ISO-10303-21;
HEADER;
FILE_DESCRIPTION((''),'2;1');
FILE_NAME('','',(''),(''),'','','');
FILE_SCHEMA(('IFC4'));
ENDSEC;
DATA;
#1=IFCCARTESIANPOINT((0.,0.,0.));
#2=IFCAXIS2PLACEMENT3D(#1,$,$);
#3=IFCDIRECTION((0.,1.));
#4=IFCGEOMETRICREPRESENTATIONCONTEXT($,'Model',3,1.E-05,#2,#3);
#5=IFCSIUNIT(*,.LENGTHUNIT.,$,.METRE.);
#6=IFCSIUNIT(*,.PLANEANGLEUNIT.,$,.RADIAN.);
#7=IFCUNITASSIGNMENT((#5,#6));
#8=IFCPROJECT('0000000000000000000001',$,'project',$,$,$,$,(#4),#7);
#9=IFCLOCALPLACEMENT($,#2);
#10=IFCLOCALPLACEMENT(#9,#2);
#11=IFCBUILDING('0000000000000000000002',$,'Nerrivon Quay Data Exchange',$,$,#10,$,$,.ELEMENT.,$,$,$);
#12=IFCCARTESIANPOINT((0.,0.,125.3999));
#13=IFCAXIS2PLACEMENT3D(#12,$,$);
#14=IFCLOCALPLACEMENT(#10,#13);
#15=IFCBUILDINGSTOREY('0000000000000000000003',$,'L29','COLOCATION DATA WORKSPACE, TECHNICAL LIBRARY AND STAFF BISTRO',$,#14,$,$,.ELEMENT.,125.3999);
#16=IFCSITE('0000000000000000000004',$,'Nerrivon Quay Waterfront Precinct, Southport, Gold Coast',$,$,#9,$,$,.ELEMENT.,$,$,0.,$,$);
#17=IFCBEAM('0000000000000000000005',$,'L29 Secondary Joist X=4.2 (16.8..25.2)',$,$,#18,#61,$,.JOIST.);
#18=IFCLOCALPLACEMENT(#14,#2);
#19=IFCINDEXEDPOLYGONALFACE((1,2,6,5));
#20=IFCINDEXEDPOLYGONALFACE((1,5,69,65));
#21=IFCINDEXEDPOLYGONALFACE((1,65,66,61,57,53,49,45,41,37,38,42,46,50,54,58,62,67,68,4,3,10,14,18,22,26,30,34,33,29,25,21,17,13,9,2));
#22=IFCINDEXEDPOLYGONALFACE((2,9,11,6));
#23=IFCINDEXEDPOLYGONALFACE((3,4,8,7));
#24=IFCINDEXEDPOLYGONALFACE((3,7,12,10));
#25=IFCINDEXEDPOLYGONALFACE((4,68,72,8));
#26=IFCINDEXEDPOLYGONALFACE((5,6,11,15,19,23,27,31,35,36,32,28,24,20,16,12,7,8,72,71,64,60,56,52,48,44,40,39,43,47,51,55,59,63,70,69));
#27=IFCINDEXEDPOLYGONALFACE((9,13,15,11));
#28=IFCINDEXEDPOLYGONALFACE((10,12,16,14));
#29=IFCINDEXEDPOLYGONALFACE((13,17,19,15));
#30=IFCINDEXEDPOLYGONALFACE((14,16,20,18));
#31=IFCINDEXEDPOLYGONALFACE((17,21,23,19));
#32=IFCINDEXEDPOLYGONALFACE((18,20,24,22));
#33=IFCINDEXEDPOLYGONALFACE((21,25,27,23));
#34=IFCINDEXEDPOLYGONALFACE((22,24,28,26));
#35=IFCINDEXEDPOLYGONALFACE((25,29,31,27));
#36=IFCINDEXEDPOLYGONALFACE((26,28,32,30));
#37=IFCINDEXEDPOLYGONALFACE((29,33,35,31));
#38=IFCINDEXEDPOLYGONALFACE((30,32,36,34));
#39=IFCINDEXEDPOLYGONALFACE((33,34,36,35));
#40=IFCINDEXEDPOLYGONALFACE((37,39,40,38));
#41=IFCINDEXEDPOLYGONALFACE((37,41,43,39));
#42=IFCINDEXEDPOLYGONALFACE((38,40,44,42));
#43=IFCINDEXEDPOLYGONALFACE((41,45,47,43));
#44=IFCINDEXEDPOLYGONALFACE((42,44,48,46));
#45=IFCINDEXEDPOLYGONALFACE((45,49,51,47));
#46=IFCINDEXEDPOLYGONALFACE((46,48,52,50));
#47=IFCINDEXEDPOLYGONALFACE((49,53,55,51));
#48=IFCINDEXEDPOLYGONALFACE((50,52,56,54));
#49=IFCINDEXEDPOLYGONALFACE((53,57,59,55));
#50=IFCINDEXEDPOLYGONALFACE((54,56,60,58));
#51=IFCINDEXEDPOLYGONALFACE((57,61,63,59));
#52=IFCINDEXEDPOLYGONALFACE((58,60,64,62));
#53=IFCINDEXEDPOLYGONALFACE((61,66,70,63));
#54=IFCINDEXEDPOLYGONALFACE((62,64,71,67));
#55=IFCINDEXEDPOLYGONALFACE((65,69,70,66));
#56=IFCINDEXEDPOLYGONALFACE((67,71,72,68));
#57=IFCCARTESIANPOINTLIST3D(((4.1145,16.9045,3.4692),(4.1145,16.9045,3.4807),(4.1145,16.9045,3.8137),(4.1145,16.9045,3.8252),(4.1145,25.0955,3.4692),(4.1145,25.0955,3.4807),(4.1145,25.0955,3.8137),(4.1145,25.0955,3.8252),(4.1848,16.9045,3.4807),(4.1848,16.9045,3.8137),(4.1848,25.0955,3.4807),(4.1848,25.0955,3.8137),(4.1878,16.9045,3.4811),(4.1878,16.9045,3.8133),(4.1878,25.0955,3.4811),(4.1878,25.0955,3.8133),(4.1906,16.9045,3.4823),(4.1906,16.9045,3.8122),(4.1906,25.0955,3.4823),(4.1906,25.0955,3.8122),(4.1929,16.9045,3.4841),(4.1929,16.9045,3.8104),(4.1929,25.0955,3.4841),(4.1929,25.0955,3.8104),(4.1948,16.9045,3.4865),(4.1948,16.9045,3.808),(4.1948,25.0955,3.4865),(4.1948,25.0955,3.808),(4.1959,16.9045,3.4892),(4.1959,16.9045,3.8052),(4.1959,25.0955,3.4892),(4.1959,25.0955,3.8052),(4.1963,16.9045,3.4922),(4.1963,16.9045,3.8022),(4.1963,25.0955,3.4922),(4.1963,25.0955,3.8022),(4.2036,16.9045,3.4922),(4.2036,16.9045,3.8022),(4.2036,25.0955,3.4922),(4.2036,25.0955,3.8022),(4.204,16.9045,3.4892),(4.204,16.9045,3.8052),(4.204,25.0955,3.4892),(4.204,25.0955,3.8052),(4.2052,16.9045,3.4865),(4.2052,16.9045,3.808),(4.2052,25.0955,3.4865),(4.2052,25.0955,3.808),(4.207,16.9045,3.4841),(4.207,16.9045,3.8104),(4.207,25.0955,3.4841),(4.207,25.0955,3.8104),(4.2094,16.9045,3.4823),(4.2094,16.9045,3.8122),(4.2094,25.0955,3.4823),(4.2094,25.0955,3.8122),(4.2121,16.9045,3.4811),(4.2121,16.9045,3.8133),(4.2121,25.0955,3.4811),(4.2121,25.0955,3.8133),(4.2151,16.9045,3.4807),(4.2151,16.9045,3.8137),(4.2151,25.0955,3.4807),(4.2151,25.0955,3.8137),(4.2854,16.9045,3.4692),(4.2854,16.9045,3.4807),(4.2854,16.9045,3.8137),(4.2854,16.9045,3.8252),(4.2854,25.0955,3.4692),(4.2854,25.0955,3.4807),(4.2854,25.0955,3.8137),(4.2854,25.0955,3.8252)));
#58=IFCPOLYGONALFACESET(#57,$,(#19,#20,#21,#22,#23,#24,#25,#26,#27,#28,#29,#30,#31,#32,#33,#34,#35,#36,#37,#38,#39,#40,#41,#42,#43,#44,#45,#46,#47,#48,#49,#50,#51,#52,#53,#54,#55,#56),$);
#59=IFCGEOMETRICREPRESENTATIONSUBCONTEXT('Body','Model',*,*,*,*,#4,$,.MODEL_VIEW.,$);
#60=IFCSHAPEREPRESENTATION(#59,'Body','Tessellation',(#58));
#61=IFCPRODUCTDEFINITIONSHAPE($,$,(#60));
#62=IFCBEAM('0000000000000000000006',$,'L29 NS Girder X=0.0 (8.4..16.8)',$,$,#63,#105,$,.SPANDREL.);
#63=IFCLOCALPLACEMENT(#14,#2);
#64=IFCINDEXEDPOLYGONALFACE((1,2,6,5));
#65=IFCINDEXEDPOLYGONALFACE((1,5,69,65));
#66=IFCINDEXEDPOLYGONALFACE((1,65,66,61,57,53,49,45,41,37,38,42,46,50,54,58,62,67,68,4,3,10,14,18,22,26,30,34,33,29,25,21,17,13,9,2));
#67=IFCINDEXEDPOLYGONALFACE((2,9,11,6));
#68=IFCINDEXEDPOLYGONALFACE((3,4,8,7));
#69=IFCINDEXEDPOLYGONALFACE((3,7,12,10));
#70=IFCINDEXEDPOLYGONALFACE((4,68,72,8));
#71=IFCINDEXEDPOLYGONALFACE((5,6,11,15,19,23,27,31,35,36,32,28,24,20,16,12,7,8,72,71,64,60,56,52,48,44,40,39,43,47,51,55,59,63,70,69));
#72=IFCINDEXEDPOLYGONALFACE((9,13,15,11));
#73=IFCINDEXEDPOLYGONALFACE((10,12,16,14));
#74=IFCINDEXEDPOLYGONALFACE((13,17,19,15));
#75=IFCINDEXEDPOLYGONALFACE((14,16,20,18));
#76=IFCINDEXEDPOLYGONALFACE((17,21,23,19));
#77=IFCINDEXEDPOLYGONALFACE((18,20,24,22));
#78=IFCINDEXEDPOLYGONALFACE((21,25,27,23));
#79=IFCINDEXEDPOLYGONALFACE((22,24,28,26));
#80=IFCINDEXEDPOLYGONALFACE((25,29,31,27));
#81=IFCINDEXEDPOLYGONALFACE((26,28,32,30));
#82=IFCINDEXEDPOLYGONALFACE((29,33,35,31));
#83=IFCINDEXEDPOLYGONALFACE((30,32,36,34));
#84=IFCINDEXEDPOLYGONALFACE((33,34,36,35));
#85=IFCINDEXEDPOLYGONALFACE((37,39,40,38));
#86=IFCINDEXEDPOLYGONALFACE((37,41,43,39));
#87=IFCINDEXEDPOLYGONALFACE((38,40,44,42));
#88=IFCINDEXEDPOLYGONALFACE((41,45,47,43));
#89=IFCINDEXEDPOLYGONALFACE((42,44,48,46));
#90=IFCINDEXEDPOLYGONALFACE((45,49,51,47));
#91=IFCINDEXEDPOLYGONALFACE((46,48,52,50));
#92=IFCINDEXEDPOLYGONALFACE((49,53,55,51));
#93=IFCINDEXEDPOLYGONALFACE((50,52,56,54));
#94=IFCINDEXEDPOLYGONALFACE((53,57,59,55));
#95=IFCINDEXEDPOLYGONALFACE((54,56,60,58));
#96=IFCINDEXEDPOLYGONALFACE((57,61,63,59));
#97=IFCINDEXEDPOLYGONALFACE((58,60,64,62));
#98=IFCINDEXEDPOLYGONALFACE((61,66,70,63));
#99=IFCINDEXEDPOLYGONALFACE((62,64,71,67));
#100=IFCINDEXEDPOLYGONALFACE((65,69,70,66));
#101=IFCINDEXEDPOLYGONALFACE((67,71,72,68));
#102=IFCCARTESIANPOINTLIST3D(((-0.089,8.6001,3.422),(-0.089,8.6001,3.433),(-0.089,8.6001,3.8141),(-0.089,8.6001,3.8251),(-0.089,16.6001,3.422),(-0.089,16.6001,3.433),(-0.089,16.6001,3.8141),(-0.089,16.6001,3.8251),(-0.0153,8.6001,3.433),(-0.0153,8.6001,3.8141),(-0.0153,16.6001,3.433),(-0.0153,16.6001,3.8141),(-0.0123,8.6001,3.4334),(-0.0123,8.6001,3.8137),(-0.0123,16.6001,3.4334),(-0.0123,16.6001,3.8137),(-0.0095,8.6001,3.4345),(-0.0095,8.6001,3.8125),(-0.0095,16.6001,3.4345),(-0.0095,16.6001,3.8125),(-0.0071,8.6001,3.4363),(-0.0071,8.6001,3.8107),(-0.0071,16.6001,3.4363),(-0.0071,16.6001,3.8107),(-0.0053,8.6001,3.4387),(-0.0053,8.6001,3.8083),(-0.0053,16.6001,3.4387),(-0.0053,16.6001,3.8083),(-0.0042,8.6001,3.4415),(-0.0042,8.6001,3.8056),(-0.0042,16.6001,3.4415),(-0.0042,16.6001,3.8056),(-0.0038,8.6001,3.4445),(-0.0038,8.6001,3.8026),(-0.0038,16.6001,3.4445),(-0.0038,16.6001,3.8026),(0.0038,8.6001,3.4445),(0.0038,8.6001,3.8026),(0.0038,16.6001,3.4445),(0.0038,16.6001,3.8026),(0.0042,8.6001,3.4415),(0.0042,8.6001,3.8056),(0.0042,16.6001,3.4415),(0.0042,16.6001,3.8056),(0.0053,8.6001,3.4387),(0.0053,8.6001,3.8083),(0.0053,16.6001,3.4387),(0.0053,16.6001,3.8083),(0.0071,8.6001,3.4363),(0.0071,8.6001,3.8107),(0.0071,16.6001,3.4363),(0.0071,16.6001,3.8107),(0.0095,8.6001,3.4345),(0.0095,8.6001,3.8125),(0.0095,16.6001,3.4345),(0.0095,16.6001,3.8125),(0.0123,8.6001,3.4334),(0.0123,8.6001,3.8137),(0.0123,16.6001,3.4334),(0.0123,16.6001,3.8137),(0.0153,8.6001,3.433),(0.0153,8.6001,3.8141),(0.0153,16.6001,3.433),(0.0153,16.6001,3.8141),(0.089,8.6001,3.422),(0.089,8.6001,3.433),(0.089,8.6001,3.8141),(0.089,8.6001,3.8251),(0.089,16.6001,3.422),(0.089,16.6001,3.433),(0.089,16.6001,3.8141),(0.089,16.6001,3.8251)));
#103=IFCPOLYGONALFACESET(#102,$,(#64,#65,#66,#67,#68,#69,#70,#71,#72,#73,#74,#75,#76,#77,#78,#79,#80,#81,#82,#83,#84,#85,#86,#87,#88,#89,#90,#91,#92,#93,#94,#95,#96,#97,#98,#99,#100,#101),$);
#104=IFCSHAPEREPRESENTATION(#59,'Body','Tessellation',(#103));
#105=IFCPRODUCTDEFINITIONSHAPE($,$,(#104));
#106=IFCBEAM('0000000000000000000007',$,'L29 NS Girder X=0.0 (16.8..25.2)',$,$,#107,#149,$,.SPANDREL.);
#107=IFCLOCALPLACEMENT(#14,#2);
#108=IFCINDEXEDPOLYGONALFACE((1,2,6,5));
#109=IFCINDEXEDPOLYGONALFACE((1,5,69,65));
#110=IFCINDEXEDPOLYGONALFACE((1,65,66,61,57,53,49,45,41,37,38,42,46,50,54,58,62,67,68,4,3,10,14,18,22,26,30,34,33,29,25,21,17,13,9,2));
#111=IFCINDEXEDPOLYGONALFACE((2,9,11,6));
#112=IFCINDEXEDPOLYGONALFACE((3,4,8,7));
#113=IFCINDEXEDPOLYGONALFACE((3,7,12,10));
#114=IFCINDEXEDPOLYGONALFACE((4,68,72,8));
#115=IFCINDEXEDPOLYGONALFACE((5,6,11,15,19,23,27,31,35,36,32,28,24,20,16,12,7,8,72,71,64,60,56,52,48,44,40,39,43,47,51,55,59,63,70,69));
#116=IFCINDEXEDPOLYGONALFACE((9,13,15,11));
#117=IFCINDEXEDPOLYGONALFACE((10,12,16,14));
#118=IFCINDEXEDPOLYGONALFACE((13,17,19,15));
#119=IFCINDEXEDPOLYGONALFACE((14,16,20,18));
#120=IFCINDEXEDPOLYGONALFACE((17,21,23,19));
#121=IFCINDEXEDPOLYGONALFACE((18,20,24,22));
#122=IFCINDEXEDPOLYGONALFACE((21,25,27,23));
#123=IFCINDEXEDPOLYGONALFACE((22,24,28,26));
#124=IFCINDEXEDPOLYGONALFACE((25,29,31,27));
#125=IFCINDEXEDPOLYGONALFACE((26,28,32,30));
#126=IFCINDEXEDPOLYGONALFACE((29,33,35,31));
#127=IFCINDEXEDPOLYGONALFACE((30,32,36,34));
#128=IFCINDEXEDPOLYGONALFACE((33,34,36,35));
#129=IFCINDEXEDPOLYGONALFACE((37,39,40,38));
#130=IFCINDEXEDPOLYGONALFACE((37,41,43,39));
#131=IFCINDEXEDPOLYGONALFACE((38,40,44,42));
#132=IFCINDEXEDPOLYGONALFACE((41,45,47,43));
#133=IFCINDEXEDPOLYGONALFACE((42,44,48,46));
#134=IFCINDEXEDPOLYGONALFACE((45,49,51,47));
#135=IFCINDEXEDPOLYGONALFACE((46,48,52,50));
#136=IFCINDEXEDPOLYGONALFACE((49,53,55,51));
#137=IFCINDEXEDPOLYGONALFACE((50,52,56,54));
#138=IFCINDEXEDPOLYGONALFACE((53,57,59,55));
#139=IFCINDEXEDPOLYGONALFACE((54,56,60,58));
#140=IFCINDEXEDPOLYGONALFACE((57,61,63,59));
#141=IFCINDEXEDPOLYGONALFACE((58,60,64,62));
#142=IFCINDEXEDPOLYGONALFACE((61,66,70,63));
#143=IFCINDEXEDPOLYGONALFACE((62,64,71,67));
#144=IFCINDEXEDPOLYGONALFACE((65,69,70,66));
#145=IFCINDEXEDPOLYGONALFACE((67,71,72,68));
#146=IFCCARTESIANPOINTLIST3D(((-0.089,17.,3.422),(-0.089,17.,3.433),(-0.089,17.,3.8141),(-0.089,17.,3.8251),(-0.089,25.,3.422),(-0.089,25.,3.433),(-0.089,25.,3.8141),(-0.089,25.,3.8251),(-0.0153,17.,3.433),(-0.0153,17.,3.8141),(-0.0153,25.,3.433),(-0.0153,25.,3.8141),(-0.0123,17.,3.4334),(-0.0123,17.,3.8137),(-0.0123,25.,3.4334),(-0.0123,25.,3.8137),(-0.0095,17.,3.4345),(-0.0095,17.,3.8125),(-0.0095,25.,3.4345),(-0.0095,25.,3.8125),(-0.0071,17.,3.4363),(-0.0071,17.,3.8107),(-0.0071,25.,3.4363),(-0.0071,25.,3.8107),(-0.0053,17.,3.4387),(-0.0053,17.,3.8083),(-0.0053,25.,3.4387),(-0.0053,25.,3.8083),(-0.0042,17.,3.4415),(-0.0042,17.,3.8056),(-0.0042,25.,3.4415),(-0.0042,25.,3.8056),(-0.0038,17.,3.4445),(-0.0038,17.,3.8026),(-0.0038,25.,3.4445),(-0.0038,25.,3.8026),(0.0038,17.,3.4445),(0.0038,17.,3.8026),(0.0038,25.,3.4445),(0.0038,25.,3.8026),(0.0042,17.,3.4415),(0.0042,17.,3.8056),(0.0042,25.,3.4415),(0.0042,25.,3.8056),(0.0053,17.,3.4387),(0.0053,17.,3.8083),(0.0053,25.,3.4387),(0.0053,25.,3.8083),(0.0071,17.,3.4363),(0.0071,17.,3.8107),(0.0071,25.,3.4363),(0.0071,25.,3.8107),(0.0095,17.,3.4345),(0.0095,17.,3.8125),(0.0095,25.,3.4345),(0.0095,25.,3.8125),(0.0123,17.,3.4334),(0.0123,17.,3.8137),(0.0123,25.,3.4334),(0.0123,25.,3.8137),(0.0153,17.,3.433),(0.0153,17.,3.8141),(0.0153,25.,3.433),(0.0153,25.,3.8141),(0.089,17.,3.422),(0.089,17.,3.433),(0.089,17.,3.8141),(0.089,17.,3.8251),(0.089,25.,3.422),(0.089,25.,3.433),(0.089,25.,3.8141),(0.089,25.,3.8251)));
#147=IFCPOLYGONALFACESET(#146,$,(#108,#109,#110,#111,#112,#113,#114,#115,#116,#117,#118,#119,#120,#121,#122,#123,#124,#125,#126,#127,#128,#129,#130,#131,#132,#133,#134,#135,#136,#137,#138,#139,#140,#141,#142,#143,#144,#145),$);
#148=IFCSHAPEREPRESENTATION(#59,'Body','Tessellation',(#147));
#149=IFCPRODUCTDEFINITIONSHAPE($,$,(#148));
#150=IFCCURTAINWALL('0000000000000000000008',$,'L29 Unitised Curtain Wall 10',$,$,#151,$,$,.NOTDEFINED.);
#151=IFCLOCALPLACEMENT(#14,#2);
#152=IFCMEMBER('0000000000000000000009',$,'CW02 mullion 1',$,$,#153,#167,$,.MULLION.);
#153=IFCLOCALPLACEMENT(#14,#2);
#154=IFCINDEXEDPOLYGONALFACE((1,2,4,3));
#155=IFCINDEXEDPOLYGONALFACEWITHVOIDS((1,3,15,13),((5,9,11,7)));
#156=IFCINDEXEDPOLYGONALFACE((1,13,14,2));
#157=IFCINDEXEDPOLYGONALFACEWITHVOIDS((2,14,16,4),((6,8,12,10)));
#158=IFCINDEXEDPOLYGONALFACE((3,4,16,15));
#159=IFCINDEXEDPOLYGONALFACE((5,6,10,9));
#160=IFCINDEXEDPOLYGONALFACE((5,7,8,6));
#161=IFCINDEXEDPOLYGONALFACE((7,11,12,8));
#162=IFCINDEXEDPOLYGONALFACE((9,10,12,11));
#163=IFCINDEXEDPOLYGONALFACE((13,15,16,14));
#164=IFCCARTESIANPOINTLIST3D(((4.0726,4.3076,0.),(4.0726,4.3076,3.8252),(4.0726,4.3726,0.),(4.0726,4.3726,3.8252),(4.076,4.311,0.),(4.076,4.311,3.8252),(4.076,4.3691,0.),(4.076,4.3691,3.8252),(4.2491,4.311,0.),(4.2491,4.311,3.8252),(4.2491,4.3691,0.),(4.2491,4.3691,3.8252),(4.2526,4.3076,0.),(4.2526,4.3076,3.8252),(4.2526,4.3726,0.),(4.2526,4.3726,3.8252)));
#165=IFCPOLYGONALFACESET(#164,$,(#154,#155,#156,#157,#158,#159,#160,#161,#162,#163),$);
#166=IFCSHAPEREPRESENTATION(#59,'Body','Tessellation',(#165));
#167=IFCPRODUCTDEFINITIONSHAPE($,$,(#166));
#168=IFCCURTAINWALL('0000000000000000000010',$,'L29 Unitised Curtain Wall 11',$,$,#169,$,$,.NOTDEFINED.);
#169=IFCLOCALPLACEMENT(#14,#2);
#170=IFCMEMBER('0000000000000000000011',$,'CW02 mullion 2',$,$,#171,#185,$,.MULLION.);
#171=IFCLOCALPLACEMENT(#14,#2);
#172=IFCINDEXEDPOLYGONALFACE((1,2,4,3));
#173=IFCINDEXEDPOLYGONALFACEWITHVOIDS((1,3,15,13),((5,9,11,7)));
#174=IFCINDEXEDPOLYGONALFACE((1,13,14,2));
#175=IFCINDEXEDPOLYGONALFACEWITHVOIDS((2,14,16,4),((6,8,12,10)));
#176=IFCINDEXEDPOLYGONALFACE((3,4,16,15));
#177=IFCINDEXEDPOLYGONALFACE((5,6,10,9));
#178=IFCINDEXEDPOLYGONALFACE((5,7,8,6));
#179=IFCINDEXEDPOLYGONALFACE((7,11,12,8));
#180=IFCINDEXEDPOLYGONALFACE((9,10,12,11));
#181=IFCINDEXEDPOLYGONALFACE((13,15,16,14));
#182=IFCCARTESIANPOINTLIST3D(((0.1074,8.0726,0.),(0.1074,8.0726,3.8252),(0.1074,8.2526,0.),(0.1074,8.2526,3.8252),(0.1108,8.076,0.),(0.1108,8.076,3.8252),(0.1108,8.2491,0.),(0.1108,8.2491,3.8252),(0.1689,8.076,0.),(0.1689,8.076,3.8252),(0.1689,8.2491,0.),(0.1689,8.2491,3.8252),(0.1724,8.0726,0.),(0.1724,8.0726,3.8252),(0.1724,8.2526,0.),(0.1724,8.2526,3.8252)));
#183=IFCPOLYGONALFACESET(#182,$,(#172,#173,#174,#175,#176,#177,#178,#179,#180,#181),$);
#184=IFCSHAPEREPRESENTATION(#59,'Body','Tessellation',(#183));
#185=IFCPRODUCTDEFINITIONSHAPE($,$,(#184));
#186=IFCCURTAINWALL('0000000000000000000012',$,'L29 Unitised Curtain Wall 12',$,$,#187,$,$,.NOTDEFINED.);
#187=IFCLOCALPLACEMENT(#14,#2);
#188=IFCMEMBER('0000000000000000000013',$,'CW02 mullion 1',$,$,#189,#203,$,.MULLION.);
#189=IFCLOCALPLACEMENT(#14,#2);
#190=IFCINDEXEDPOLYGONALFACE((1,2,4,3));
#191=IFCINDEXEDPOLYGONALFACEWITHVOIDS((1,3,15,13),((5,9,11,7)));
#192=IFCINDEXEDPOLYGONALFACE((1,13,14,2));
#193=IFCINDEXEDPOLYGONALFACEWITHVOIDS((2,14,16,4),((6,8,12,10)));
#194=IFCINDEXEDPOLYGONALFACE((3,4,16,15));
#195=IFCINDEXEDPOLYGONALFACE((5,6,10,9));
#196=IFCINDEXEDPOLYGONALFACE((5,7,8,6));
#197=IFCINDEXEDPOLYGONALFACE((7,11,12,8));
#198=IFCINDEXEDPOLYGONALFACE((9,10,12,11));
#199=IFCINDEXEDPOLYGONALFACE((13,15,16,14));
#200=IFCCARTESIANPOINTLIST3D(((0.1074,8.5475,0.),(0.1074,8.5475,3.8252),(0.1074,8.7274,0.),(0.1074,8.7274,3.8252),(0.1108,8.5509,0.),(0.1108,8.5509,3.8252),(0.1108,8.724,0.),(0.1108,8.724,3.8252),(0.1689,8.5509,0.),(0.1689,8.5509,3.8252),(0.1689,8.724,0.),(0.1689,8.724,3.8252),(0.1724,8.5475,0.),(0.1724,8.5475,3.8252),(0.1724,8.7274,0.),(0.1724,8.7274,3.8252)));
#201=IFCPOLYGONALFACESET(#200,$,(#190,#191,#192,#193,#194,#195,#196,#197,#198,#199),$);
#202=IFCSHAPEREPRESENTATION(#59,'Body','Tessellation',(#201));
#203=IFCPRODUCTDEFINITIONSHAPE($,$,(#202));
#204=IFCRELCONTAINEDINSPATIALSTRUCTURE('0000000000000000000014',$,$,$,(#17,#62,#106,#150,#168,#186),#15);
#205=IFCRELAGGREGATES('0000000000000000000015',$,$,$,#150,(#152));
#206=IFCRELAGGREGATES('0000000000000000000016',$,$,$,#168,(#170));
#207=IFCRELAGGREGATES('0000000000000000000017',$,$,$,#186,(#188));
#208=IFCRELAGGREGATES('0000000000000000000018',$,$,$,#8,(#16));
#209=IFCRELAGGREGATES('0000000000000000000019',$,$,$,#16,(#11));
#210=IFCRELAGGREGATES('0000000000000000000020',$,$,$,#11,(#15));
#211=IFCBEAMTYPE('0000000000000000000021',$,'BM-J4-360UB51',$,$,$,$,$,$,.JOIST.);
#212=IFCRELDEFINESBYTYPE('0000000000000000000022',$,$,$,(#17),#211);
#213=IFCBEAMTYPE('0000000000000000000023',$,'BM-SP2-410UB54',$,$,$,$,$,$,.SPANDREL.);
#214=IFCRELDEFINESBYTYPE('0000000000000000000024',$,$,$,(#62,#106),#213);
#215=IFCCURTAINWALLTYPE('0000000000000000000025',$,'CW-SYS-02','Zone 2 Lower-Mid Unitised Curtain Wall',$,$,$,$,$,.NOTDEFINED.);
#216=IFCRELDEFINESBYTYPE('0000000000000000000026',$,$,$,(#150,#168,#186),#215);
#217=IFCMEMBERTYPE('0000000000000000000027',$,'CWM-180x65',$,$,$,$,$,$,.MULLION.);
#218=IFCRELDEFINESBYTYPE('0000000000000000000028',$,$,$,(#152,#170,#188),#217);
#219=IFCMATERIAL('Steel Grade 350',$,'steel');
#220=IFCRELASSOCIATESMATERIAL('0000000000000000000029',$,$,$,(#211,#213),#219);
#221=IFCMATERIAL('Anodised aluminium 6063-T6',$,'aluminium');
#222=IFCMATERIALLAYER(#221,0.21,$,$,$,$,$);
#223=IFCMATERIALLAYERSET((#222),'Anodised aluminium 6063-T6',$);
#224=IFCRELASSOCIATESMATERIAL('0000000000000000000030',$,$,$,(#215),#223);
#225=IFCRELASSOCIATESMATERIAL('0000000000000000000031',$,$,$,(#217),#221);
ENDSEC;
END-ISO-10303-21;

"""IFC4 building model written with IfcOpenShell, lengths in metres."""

from ifc_helpers import new_model, si_unit, direction, frame, origin, origin_2d, place, context, subcontext, project, spatial, hollow_rectangle, i_section, extrude, material, layer, layer_set, material_profile, profile_set, type_object, element, aggregate, save


model = new_model("IFC4")

# Units and contexts
model_context = context("Model", 3, precision=1e-05, world=origin(), true_north=direction((0.0, 1.0)))
body_context = subcontext(model_context, "Body", "Model", "MODEL_VIEW")
ifc_project = project(units=[si_unit("LENGTHUNIT", "METRE"), si_unit("PLANEANGLEUNIT", "RADIAN")], contexts=[model_context])

# Site, building, storey
site_placement = place(None, origin())
site = spatial("IfcSite", under=ifc_project, at=site_placement, Name="Nerrivon Quay Waterfront Precinct, Southport, Gold Coast", CompositionType="ELEMENT", RefElevation=0.0)
building_placement = place(site_placement, origin())
building = spatial("IfcBuilding", under=site, at=building_placement, Name="Nerrivon Quay Data Exchange", CompositionType="ELEMENT")
storey_placement = place(building_placement, frame((0.0, 0.0, 125.3999)))
storey = spatial("IfcBuildingStorey", under=building, at=storey_placement, Name="L29", Description="COLOCATION DATA WORKSPACE, TECHNICAL LIBRARY AND STAFF BISTRO", CompositionType="ELEMENT", Elevation=125.3999)

# Shared definitions
ifc_material_1 = material(Name="Steel Grade 350", Category="steel")

# Beams
ifc_material_profile_1 = material_profile(ifc_material_1, i_section(OverallWidth=0.1709, OverallDepth=0.356, WebThickness=0.0073, FlangeThickness=0.0115, FilletRadius=0.0115, at=origin_2d()), Name="360UB50.7")
ifc_profile_set_1 = profile_set([ifc_material_profile_1], Name="Steel Grade 350")
beam_type_1 = type_object("IfcBeamType", Name="BM-J4-360UB51", PredefinedType="JOIST", material=ifc_profile_set_1)
beam_1_placement = place(storey_placement, frame((4.2, 16.9045, 3.6472), z_axis=(0.0, 1.0, 0.0), x_axis=(-1.0, 0.0, 0.0)))
element("IfcBeam", 1, at=beam_1_placement, inside=storey, type_object=beam_type_1, Name="L29 Secondary Joist X=4.2 (16.8..25.2)", PredefinedType="JOIST", context=body_context, shape_type="SweptSolid", body=[
    extrude(i_section(OverallWidth=0.1709, OverallDepth=0.356, WebThickness=0.0073, FlangeThickness=0.0115, FilletRadius=0.0115, at=origin_2d()), origin(), (0.0, 0.0, 1.0), 8.1909),
])
ifc_material_profile_2 = material_profile(ifc_material_1, i_section(OverallWidth=0.178, OverallDepth=0.4031, WebThickness=0.0076, FlangeThickness=0.011, FilletRadius=0.0115, at=origin_2d()), Name="410UB53.7")
ifc_profile_set_2 = profile_set([ifc_material_profile_2], Name="Steel Grade 350")
beam_type_2 = type_object("IfcBeamType", Name="BM-SP2-410UB54", PredefinedType="SPANDREL", material=ifc_profile_set_2)
for number, where, z_axis, x_axis, name in (
    (2, (0.0, 8.6001, 3.6235), (0.0, 1.0, 0.0), (-1.0, 0.0, 0.0), "L29 NS Girder X=0.0 (8.4..16.8)"),
    (3, (0.0, 17.0, 3.6235), (0.0, 1.0, 0.0), (-1.0, 0.0, 0.0), "L29 NS Girder X=0.0 (16.8..25.2)"),
):
    element("IfcBeam", number, at=place(storey_placement, frame(where, z_axis=z_axis, x_axis=x_axis)), inside=storey, type_object=beam_type_2, Name=name, PredefinedType="SPANDREL", context=body_context, shape_type="SweptSolid", body=[
        extrude(i_section(OverallWidth=0.178, OverallDepth=0.4031, WebThickness=0.0076, FlangeThickness=0.011, FilletRadius=0.0115, at=origin_2d()), origin(), (0.0, 0.0, 1.0), 8.0),
    ])

# Curtain walls, members
ifc_material_2 = material(Name="Anodised aluminium 6063-T6", Category="aluminium")
ifc_layer_1 = layer(ifc_material_2, 0.21)
ifc_layer_set_1 = layer_set([ifc_layer_1], Name="Anodised aluminium 6063-T6")
curtain_wall_type = type_object("IfcCurtainWallType", Name="CW-SYS-02", Description="Zone 2 Lower-Mid Unitised Curtain Wall", PredefinedType="NOTDEFINED", material=ifc_layer_set_1)
curtain_wall_1_placement = place(storey_placement, origin())
curtain_wall_1 = element("IfcCurtainWall", 4, at=curtain_wall_1_placement, inside=storey, type_object=curtain_wall_type, Name="L29 Unitised Curtain Wall 10", PredefinedType="NOTDEFINED")
ifc_material_profile_3 = material_profile(ifc_material_2, hollow_rectangle(XDim=0.0649, YDim=0.1799, WallThickness=0.0034, at=origin_2d()), Name="ALU-MULL-180x65")
ifc_profile_set_3 = profile_set([ifc_material_profile_3], Name="Anodised aluminium 6063-T6")
member_type_1 = type_object("IfcMemberType", Name="CWM-180x65", PredefinedType="MULLION", material=ifc_profile_set_3)
member_1_placement = place(storey_placement, frame((4.1626, 4.3401, 0.0), z_axis=(0.0, 0.0, 1.0), x_axis=(0.0, -1.0, 0.0)))
member_1 = element("IfcMember", 5, at=member_1_placement, type_object=member_type_1, Name="CW02 mullion 1", PredefinedType="MULLION", context=body_context, shape_type="SweptSolid", body=[
    extrude(hollow_rectangle(XDim=0.0649, YDim=0.1799, WallThickness=0.0034, at=origin_2d()), origin(), (0.0, 0.0, 1.0), 3.8252),
])
curtain_wall_2_placement = place(storey_placement, origin())
curtain_wall_2 = element("IfcCurtainWall", 6, at=curtain_wall_2_placement, inside=storey, type_object=curtain_wall_type, Name="L29 Unitised Curtain Wall 11", PredefinedType="NOTDEFINED")
member_2_placement = place(storey_placement, frame((0.1399, 8.1626, 0.0), z_axis=(0.0, 0.0, 1.0), x_axis=(-1.0, 0.0, 0.0)))
member_2 = element("IfcMember", 7, at=member_2_placement, type_object=member_type_1, Name="CW02 mullion 2", PredefinedType="MULLION", context=body_context, shape_type="SweptSolid", body=[
    extrude(hollow_rectangle(XDim=0.0649, YDim=0.1799, WallThickness=0.0034, at=origin_2d()), origin(), (0.0, 0.0, 1.0), 3.8252),
])

# Curtain wall, member
curtain_wall_3_placement = place(storey_placement, origin())
curtain_wall_3 = element("IfcCurtainWall", 8, at=curtain_wall_3_placement, inside=storey, type_object=curtain_wall_type, Name="L29 Unitised Curtain Wall 12", PredefinedType="NOTDEFINED")
member_3_placement = place(storey_placement, frame((0.1399, 8.6375, 0.0), z_axis=(0.0, 0.0, 1.0), x_axis=(-1.0, 0.0, 0.0)))
member_3 = element("IfcMember", 9, at=member_3_placement, type_object=member_type_1, Name="CW02 mullion 1", PredefinedType="MULLION", context=body_context, shape_type="SweptSolid", body=[
    extrude(hollow_rectangle(XDim=0.0649, YDim=0.1799, WallThickness=0.0034, at=origin_2d()), origin(), (0.0, 0.0, 1.0), 3.8252),
])

aggregate(curtain_wall_1, [member_1])
aggregate(curtain_wall_2, [member_2])
aggregate(curtain_wall_3, [member_3])

save(model, "model.ifc")
